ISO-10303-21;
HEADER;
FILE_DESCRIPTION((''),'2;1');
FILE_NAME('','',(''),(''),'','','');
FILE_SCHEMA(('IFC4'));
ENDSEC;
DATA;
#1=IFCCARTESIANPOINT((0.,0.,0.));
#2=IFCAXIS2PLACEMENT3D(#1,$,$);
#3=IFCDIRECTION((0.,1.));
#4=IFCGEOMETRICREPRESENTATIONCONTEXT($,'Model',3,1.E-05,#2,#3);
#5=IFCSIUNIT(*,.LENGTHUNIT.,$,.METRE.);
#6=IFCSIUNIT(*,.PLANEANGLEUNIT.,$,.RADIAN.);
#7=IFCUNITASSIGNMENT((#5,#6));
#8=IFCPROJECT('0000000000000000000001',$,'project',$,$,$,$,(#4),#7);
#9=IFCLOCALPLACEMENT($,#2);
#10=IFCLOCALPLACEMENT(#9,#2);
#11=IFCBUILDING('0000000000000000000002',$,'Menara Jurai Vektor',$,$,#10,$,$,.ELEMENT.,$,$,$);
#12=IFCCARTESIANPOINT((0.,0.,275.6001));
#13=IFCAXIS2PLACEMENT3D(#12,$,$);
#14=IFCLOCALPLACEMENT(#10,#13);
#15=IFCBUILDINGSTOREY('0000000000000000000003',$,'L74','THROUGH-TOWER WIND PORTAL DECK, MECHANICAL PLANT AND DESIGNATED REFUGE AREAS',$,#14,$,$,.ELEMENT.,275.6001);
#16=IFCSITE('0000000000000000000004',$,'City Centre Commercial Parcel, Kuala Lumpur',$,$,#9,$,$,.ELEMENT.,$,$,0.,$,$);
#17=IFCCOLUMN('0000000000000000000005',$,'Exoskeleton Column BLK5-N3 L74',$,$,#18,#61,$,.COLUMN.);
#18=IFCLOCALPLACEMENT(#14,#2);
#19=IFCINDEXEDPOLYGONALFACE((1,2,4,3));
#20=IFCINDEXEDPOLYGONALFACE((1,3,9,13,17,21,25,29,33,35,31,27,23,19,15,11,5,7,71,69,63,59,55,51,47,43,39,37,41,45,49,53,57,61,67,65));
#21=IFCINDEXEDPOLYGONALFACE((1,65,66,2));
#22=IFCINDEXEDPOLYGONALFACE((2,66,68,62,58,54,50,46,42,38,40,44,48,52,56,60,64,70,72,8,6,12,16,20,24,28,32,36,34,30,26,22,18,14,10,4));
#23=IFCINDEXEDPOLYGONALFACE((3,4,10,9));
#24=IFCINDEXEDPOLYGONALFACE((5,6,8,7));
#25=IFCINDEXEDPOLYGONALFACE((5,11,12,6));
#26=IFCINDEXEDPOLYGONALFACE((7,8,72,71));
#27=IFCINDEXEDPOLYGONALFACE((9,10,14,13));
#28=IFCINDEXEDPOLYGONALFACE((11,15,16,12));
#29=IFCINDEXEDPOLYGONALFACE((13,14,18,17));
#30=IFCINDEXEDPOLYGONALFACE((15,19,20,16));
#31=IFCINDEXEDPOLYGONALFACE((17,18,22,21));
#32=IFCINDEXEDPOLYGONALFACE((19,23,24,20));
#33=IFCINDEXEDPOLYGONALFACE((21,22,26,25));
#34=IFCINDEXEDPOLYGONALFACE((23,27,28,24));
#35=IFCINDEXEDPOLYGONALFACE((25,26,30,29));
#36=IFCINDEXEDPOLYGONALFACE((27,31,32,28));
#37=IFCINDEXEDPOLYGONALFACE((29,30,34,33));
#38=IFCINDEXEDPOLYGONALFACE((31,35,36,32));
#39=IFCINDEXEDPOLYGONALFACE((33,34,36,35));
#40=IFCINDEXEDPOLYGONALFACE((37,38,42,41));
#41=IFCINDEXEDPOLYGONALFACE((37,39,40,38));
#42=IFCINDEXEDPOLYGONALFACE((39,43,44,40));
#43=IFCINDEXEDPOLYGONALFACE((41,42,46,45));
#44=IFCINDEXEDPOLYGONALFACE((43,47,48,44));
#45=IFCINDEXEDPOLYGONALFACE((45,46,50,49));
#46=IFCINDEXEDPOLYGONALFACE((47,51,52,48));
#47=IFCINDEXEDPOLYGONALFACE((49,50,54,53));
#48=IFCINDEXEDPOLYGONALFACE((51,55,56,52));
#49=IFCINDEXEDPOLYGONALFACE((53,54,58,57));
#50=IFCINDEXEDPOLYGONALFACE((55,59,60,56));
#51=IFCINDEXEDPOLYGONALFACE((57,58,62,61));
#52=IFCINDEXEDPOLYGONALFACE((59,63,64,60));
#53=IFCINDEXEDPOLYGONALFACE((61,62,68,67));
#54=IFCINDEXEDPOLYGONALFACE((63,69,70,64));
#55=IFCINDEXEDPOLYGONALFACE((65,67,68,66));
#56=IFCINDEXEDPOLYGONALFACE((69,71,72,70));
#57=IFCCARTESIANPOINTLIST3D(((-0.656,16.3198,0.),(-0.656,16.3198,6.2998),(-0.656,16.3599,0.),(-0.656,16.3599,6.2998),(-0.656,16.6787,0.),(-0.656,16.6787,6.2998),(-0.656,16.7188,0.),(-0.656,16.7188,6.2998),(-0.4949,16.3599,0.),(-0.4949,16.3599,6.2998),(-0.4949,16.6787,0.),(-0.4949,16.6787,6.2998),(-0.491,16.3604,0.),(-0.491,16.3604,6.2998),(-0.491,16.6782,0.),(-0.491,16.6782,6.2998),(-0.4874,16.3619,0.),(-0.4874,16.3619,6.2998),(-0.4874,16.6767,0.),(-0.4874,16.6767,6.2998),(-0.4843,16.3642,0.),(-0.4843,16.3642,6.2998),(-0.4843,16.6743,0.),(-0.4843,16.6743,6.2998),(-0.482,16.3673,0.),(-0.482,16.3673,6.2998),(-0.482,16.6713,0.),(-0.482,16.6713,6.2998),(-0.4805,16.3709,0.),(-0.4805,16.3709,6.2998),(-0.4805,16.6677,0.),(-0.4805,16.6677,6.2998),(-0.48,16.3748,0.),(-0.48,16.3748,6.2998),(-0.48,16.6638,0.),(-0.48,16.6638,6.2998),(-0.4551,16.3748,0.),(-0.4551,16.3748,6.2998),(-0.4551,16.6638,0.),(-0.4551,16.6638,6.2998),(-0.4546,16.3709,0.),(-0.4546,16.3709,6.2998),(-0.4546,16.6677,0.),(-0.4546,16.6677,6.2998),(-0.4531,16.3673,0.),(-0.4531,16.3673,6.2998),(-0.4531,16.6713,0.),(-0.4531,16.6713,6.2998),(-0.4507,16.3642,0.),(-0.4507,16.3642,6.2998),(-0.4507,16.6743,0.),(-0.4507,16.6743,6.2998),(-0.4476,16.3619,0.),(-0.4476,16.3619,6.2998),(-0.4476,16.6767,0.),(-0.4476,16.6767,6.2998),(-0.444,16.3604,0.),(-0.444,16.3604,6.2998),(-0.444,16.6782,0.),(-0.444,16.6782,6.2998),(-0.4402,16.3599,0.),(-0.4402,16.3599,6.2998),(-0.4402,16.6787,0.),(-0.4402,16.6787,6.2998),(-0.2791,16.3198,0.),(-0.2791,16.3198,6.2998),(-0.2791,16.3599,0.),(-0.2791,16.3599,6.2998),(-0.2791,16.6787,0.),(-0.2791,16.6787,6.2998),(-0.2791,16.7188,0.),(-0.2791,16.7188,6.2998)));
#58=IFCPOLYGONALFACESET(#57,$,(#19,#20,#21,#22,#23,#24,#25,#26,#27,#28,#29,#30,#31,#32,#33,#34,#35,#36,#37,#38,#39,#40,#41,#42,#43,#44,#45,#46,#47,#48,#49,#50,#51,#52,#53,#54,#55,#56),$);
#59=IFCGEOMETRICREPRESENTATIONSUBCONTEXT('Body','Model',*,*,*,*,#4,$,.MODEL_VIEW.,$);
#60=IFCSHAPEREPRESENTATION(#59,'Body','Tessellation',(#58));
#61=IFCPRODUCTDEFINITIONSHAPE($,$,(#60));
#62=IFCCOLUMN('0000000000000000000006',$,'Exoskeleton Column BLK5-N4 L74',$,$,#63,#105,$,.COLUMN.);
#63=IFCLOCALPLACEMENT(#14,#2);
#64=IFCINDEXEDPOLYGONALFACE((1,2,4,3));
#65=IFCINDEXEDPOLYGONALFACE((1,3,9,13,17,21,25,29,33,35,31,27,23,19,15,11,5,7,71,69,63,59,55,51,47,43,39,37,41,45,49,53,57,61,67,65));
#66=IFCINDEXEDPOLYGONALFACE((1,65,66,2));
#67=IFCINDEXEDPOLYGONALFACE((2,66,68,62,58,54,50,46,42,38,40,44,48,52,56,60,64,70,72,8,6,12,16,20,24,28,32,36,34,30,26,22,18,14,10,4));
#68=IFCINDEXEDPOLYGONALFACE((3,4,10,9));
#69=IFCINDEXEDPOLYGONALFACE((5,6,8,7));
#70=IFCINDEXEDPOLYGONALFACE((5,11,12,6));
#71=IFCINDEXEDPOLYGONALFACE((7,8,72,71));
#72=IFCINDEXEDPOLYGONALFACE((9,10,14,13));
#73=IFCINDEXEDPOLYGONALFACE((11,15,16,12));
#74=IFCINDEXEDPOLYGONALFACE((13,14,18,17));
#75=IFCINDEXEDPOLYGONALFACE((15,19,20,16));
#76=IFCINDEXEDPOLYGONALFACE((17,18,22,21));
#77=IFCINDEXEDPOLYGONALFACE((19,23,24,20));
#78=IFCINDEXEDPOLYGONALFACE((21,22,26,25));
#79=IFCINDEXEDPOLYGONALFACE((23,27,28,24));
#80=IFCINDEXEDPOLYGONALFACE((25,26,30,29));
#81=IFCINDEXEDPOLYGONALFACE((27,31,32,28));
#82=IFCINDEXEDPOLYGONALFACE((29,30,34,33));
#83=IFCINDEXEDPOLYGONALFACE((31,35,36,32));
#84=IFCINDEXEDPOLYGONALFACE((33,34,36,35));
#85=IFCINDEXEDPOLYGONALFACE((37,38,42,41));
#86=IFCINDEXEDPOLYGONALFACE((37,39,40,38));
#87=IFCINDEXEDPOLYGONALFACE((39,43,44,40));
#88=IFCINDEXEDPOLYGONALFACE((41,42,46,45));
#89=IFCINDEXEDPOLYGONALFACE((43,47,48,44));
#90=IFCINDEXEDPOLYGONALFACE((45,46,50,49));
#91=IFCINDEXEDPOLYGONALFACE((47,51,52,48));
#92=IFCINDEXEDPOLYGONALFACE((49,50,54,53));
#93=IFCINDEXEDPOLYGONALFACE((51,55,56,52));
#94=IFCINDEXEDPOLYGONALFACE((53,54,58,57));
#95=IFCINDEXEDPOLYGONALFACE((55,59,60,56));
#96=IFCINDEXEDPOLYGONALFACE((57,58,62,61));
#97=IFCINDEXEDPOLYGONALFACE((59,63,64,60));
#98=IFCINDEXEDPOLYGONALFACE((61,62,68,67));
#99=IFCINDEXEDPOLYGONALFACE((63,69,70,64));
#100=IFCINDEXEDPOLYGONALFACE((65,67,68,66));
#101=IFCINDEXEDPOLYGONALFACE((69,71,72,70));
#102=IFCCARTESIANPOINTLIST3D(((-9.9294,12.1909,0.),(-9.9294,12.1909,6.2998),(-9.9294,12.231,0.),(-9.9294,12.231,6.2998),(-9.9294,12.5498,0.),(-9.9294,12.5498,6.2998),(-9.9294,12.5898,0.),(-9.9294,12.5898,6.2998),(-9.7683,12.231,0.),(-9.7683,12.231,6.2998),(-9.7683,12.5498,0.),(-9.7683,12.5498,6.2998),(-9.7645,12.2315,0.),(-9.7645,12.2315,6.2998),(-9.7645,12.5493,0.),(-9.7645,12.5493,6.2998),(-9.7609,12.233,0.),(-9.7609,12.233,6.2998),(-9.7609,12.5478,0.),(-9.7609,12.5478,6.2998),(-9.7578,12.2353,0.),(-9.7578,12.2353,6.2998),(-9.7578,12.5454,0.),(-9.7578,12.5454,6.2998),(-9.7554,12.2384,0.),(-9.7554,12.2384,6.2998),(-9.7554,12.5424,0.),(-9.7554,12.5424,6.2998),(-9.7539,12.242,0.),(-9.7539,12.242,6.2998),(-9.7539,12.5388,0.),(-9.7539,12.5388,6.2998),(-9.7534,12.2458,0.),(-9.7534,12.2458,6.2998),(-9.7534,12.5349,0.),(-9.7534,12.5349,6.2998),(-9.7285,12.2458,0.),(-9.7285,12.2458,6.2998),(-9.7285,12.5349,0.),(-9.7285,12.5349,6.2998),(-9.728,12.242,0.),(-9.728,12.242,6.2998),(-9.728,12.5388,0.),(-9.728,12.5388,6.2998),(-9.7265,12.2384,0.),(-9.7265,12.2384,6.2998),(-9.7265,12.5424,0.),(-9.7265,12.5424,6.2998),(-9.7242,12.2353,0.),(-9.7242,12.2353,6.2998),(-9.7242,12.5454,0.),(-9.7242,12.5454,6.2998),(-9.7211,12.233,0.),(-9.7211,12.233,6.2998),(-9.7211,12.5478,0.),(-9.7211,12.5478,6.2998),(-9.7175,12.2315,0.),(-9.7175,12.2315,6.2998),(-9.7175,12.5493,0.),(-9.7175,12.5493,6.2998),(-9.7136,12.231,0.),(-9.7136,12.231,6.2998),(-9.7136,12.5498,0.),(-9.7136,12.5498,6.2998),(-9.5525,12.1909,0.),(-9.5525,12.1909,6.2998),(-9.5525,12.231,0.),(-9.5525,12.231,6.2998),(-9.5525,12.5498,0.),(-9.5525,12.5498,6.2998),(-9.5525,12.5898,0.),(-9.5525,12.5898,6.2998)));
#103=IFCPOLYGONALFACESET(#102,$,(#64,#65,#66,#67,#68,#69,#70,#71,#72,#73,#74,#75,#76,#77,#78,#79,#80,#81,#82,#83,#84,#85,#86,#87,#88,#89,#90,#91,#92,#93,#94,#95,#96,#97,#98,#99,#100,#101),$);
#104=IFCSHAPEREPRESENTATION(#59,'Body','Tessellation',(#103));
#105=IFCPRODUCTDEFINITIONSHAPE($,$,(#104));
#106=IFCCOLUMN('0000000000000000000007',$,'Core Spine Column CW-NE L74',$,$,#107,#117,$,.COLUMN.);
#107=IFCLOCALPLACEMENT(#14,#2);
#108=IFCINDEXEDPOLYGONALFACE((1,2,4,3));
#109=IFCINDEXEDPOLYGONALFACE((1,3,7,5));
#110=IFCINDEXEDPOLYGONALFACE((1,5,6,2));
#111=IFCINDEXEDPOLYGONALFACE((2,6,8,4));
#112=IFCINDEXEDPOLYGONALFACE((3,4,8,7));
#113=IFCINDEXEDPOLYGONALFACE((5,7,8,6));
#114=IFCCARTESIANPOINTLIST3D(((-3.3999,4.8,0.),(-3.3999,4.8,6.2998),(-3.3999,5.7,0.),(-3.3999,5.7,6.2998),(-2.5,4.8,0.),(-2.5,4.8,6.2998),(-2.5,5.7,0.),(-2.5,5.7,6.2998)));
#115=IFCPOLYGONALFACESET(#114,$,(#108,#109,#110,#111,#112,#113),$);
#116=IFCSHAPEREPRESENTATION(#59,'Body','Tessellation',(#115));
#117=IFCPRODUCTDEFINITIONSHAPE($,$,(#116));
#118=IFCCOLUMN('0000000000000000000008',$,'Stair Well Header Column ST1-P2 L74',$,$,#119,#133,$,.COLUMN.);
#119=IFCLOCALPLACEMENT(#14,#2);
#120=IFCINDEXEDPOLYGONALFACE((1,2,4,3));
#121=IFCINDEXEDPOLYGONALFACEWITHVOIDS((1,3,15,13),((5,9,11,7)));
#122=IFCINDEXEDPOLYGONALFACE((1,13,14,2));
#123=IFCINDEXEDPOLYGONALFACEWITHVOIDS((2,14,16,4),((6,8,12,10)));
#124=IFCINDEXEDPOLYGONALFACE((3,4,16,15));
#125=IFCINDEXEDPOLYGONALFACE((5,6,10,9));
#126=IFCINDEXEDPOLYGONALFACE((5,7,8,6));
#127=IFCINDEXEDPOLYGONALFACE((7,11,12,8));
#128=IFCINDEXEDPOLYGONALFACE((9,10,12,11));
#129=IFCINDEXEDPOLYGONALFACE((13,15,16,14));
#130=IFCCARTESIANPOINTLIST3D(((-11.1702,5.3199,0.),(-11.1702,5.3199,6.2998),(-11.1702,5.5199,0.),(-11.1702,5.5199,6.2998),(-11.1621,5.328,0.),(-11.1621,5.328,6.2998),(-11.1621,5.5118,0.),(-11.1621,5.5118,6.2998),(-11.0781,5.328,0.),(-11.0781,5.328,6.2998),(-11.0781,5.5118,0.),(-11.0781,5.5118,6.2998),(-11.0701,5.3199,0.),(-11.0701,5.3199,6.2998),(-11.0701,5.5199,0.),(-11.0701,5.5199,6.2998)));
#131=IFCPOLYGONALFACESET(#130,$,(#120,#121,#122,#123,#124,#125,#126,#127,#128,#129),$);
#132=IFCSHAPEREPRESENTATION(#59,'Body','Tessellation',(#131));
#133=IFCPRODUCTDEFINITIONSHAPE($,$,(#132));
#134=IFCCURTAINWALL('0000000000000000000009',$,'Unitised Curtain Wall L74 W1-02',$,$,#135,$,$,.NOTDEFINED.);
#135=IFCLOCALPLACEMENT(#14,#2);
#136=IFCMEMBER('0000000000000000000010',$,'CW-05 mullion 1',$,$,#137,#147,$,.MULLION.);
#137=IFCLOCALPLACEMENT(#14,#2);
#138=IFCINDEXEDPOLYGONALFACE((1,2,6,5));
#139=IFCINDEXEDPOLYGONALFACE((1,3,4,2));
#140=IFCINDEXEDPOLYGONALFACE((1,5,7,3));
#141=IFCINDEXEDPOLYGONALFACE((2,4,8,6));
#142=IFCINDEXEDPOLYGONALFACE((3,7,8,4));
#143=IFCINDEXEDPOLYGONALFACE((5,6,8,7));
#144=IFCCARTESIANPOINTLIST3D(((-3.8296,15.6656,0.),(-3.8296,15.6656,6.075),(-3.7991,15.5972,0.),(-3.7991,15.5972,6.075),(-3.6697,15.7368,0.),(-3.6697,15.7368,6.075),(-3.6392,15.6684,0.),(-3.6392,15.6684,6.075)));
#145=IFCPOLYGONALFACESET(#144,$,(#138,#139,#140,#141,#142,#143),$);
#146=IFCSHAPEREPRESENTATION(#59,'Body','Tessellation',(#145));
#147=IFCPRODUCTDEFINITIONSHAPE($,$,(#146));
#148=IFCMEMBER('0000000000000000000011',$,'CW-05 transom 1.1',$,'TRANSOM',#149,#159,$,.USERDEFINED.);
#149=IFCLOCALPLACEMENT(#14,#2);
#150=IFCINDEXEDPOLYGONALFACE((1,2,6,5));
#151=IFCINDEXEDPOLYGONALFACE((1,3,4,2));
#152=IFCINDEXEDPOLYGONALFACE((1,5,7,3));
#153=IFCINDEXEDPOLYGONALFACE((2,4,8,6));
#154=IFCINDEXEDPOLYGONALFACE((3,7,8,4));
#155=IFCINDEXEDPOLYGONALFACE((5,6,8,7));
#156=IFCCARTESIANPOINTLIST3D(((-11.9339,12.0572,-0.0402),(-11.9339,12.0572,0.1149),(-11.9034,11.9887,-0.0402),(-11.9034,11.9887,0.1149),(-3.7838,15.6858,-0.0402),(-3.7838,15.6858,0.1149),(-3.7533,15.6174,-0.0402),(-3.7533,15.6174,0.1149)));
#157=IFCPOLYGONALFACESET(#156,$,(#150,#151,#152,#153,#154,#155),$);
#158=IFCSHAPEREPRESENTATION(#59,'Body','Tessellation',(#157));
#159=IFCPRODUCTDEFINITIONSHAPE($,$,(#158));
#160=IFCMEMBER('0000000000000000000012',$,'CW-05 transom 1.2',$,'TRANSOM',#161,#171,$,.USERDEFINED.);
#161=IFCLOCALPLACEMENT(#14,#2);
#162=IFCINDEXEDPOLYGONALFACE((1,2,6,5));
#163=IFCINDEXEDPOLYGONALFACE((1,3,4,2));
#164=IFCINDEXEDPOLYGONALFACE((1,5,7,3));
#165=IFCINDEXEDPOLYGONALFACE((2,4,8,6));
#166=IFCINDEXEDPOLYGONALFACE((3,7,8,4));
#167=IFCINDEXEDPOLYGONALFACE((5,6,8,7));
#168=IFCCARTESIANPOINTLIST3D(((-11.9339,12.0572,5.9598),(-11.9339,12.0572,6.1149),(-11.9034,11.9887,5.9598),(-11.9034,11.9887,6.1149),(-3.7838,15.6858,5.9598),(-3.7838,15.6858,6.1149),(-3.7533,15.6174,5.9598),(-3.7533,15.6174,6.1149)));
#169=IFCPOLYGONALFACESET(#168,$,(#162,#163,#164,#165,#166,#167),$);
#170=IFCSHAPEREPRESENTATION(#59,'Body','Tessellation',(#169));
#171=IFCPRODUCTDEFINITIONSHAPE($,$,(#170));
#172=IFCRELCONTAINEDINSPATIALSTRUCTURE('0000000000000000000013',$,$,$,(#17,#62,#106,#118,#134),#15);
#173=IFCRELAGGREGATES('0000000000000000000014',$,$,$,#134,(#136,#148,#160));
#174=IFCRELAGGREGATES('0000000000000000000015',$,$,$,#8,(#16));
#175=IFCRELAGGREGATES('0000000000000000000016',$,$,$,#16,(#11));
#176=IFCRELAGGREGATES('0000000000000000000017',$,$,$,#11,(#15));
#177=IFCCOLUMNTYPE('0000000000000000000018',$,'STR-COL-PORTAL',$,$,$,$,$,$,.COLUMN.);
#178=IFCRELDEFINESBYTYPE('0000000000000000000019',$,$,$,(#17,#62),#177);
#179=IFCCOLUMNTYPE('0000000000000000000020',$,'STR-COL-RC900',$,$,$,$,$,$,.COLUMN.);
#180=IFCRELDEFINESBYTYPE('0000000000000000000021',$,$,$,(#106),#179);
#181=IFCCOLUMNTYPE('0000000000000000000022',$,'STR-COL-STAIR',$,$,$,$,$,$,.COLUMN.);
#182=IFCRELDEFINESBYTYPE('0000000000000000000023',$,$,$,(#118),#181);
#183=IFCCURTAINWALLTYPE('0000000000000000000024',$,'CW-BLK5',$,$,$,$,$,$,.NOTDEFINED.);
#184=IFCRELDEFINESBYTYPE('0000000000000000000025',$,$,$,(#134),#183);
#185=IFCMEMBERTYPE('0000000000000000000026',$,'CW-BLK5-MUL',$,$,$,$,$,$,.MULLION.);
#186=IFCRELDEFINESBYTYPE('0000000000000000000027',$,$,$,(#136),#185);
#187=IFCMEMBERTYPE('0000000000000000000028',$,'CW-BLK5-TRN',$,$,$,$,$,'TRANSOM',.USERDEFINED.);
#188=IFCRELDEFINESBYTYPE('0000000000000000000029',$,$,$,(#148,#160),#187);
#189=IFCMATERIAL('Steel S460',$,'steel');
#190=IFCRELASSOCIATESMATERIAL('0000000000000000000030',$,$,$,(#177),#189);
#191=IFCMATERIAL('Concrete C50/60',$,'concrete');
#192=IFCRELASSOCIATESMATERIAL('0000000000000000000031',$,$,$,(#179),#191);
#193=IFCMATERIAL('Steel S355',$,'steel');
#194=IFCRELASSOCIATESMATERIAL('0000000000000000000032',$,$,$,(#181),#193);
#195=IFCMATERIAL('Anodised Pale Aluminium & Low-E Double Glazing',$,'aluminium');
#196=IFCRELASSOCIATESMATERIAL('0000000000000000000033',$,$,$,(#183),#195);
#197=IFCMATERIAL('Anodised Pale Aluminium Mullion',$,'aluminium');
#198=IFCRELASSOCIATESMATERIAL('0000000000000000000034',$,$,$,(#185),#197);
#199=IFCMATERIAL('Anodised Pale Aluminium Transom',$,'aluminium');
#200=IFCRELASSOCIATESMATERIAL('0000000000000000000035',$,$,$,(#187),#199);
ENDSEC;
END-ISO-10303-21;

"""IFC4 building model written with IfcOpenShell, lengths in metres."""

from ifc_helpers import new_model, si_unit, direction, frame, origin, origin_2d, place, context, subcontext, project, spatial, rectangle, hollow_rectangle, i_section, extrude, material, material_profile, profile_set, type_object, element, aggregate, save


model = new_model("IFC4")

# Units and contexts
model_context = context("Model", 3, precision=1e-05, world=origin(), true_north=direction((0.0, 1.0)))
body_context = subcontext(model_context, "Body", "Model", "MODEL_VIEW")
ifc_project = project(units=[si_unit("LENGTHUNIT", "METRE"), si_unit("PLANEANGLEUNIT", "RADIAN")], contexts=[model_context])

# Site, building, storey
site_placement = place(None, origin())
site = spatial("IfcSite", under=ifc_project, at=site_placement, Name="City Centre Commercial Parcel, Kuala Lumpur", CompositionType="ELEMENT", RefElevation=0.0)
building_placement = place(site_placement, origin())
building = spatial("IfcBuilding", under=site, at=building_placement, Name="Menara Jurai Vektor", CompositionType="ELEMENT")
storey_placement = place(building_placement, frame((0.0, 0.0, 275.6001)))
storey = spatial("IfcBuildingStorey", under=building, at=storey_placement, Name="L74", Description="THROUGH-TOWER WIND PORTAL DECK, MECHANICAL PLANT AND DESIGNATED REFUGE AREAS", CompositionType="ELEMENT", Elevation=275.6001)

# Columns
ifc_material_1 = material(Name="Steel S460", Category="steel")
ifc_material_profile_1 = material_profile(ifc_material_1, i_section(OverallWidth=0.377, OverallDepth=0.3989, WebThickness=0.0249, FlangeThickness=0.04, FilletRadius=0.0149, at=origin_2d()), Name="HD 360x314")
ifc_profile_set_1 = profile_set([ifc_material_profile_1], Name="Steel S460")
column_type_1 = type_object("IfcColumnType", Name="STR-COL-PORTAL", PredefinedType="COLUMN", material=ifc_profile_set_1)
for number, where, z_axis, x_axis, name in (
    (1, (-0.4675, 16.5193, 0.0), (0.0, 0.0, 1.0), (1.0, 0.0, 0.0), "Exoskeleton Column BLK5-N3 L74"),
    (2, (-9.741, 12.3904, 0.0), (0.0, 0.0, 1.0), (1.0, 0.0, 0.0), "Exoskeleton Column BLK5-N4 L74"),
):
    element("IfcColumn", number, at=place(storey_placement, frame(where, z_axis=z_axis, x_axis=x_axis)), inside=storey, type_object=column_type_1, Name=name, PredefinedType="COLUMN", context=body_context, shape_type="SweptSolid", body=[
        extrude(i_section(OverallWidth=0.377, OverallDepth=0.3989, WebThickness=0.0249, FlangeThickness=0.04, FilletRadius=0.0149, at=origin_2d()), origin(), (0.0, 0.0, 1.0), 6.2998),
    ])
ifc_material_2 = material(Name="Concrete C50/60", Category="concrete")
ifc_material_profile_2 = material_profile(ifc_material_2, rectangle(XDim=0.8999, YDim=0.8999, at=origin_2d()), Name="RC 900x900")
ifc_profile_set_2 = profile_set([ifc_material_profile_2], Name="Concrete C50/60")
column_type_2 = type_object("IfcColumnType", Name="STR-COL-RC900", PredefinedType="COLUMN", material=ifc_profile_set_2)
column_1_placement = place(storey_placement, frame((-2.95, 5.25, 0.0), z_axis=(0.0, 0.0, 1.0), x_axis=(1.0, 0.0, 0.0)))
element("IfcColumn", 3, at=column_1_placement, inside=storey, type_object=column_type_2, Name="Core Spine Column CW-NE L74", PredefinedType="COLUMN", context=body_context, shape_type="SweptSolid", body=[
    extrude(rectangle(XDim=0.8999, YDim=0.8999, at=origin_2d()), origin(), (0.0, 0.0, 1.0), 6.2998),
])
ifc_material_3 = material(Name="Steel S355", Category="steel")
ifc_material_profile_3 = material_profile(ifc_material_3, hollow_rectangle(XDim=0.1001, YDim=0.2, WallThickness=0.0081, at=origin_2d()), Name="RHS 200x100x8")
ifc_profile_set_3 = profile_set([ifc_material_profile_3], Name="Steel S355")
column_type_3 = type_object("IfcColumnType", Name="STR-COL-STAIR", PredefinedType="COLUMN", material=ifc_profile_set_3)
column_2_placement = place(storey_placement, frame((-11.1201, 5.4199, 0.0), z_axis=(0.0, 0.0, 1.0), x_axis=(1.0, 0.0, 0.0)))
element("IfcColumn", 4, at=column_2_placement, inside=storey, type_object=column_type_3, Name="Stair Well Header Column ST1-P2 L74", PredefinedType="COLUMN", context=body_context, shape_type="SweptSolid", body=[
    extrude(hollow_rectangle(XDim=0.1001, YDim=0.2, WallThickness=0.0081, at=origin_2d()), origin(), (0.0, 0.0, 1.0), 6.2998),
])

# Curtain wall, members
ifc_material_4 = material(Name="Anodised Pale Aluminium & Low-E Double Glazing", Category="aluminium")
curtain_wall_type = type_object("IfcCurtainWallType", Name="CW-BLK5", PredefinedType="NOTDEFINED", material=ifc_material_4)
curtain_wall_placement = place(storey_placement, origin())
curtain_wall = element("IfcCurtainWall", 5, at=curtain_wall_placement, inside=storey, type_object=curtain_wall_type, Name="Unitised Curtain Wall L74 W1-02", PredefinedType="NOTDEFINED")
ifc_material_5 = material(Name="Anodised Pale Aluminium Mullion", Category="aluminium")
ifc_material_profile_4 = material_profile(ifc_material_5, rectangle(XDim=0.075, YDim=0.175, at=origin_2d()), Name="ALU MUL 75x175")
ifc_profile_set_4 = profile_set([ifc_material_profile_4], Name="Anodised Pale Aluminium Mullion")
member_type_1 = type_object("IfcMemberType", Name="CW-BLK5-MUL", PredefinedType="MULLION", material=ifc_profile_set_4)
member_1_placement = place(storey_placement, frame((-3.7344, 15.667, 0.0), z_axis=(0.0, 0.0, 1.0), x_axis=(0.406736, -0.913546, 0.0)))
member_1 = element("IfcMember", 6, at=member_1_placement, type_object=member_type_1, Name="CW-05 mullion 1", PredefinedType="MULLION", context=body_context, shape_type="SweptSolid", body=[
    extrude(rectangle(XDim=0.075, YDim=0.175, at=origin_2d()), origin(), (0.0, 0.0, 1.0), 6.075),
])
ifc_material_6 = material(Name="Anodised Pale Aluminium Transom", Category="aluminium")
ifc_material_profile_5 = material_profile(ifc_material_6, rectangle(XDim=0.075, YDim=0.155, at=origin_2d()), Name="ALU TRN 75x155")
ifc_profile_set_5 = profile_set([ifc_material_profile_5], Name="Anodised Pale Aluminium Transom")
member_type_2 = type_object("IfcMemberType", Name="CW-BLK5-TRN", ElementType="TRANSOM", PredefinedType="USERDEFINED", material=ifc_profile_set_5)
member_2_placement = place(storey_placement, frame((-3.7686, 15.6516, 0.0374), z_axis=(-0.913546, -0.406735, 0.0), x_axis=(0.406735, -0.913546, 0.0)))
member_2 = element("IfcMember", 7, at=member_2_placement, type_object=member_type_2, Name="CW-05 transom 1.1", ObjectType="TRANSOM", PredefinedType="USERDEFINED", context=body_context, shape_type="SweptSolid", body=[
    extrude(rectangle(XDim=0.075, YDim=0.155, at=origin_2d()), origin(), (0.0, 0.0, 1.0), 8.9214),
])
member_3_placement = place(storey_placement, frame((-3.7686, 15.6516, 6.0374), z_axis=(-0.913546, -0.406735, 0.0), x_axis=(0.406735, -0.913546, 0.0)))
member_3 = element("IfcMember", 8, at=member_3_placement, type_object=member_type_2, Name="CW-05 transom 1.2", ObjectType="TRANSOM", PredefinedType="USERDEFINED", context=body_context, shape_type="SweptSolid", body=[
    extrude(rectangle(XDim=0.075, YDim=0.155, at=origin_2d()), origin(), (0.0, 0.0, 1.0), 8.9214),
])

aggregate(curtain_wall, [member_1, member_2, member_3])

save(model, "model.ifc")
